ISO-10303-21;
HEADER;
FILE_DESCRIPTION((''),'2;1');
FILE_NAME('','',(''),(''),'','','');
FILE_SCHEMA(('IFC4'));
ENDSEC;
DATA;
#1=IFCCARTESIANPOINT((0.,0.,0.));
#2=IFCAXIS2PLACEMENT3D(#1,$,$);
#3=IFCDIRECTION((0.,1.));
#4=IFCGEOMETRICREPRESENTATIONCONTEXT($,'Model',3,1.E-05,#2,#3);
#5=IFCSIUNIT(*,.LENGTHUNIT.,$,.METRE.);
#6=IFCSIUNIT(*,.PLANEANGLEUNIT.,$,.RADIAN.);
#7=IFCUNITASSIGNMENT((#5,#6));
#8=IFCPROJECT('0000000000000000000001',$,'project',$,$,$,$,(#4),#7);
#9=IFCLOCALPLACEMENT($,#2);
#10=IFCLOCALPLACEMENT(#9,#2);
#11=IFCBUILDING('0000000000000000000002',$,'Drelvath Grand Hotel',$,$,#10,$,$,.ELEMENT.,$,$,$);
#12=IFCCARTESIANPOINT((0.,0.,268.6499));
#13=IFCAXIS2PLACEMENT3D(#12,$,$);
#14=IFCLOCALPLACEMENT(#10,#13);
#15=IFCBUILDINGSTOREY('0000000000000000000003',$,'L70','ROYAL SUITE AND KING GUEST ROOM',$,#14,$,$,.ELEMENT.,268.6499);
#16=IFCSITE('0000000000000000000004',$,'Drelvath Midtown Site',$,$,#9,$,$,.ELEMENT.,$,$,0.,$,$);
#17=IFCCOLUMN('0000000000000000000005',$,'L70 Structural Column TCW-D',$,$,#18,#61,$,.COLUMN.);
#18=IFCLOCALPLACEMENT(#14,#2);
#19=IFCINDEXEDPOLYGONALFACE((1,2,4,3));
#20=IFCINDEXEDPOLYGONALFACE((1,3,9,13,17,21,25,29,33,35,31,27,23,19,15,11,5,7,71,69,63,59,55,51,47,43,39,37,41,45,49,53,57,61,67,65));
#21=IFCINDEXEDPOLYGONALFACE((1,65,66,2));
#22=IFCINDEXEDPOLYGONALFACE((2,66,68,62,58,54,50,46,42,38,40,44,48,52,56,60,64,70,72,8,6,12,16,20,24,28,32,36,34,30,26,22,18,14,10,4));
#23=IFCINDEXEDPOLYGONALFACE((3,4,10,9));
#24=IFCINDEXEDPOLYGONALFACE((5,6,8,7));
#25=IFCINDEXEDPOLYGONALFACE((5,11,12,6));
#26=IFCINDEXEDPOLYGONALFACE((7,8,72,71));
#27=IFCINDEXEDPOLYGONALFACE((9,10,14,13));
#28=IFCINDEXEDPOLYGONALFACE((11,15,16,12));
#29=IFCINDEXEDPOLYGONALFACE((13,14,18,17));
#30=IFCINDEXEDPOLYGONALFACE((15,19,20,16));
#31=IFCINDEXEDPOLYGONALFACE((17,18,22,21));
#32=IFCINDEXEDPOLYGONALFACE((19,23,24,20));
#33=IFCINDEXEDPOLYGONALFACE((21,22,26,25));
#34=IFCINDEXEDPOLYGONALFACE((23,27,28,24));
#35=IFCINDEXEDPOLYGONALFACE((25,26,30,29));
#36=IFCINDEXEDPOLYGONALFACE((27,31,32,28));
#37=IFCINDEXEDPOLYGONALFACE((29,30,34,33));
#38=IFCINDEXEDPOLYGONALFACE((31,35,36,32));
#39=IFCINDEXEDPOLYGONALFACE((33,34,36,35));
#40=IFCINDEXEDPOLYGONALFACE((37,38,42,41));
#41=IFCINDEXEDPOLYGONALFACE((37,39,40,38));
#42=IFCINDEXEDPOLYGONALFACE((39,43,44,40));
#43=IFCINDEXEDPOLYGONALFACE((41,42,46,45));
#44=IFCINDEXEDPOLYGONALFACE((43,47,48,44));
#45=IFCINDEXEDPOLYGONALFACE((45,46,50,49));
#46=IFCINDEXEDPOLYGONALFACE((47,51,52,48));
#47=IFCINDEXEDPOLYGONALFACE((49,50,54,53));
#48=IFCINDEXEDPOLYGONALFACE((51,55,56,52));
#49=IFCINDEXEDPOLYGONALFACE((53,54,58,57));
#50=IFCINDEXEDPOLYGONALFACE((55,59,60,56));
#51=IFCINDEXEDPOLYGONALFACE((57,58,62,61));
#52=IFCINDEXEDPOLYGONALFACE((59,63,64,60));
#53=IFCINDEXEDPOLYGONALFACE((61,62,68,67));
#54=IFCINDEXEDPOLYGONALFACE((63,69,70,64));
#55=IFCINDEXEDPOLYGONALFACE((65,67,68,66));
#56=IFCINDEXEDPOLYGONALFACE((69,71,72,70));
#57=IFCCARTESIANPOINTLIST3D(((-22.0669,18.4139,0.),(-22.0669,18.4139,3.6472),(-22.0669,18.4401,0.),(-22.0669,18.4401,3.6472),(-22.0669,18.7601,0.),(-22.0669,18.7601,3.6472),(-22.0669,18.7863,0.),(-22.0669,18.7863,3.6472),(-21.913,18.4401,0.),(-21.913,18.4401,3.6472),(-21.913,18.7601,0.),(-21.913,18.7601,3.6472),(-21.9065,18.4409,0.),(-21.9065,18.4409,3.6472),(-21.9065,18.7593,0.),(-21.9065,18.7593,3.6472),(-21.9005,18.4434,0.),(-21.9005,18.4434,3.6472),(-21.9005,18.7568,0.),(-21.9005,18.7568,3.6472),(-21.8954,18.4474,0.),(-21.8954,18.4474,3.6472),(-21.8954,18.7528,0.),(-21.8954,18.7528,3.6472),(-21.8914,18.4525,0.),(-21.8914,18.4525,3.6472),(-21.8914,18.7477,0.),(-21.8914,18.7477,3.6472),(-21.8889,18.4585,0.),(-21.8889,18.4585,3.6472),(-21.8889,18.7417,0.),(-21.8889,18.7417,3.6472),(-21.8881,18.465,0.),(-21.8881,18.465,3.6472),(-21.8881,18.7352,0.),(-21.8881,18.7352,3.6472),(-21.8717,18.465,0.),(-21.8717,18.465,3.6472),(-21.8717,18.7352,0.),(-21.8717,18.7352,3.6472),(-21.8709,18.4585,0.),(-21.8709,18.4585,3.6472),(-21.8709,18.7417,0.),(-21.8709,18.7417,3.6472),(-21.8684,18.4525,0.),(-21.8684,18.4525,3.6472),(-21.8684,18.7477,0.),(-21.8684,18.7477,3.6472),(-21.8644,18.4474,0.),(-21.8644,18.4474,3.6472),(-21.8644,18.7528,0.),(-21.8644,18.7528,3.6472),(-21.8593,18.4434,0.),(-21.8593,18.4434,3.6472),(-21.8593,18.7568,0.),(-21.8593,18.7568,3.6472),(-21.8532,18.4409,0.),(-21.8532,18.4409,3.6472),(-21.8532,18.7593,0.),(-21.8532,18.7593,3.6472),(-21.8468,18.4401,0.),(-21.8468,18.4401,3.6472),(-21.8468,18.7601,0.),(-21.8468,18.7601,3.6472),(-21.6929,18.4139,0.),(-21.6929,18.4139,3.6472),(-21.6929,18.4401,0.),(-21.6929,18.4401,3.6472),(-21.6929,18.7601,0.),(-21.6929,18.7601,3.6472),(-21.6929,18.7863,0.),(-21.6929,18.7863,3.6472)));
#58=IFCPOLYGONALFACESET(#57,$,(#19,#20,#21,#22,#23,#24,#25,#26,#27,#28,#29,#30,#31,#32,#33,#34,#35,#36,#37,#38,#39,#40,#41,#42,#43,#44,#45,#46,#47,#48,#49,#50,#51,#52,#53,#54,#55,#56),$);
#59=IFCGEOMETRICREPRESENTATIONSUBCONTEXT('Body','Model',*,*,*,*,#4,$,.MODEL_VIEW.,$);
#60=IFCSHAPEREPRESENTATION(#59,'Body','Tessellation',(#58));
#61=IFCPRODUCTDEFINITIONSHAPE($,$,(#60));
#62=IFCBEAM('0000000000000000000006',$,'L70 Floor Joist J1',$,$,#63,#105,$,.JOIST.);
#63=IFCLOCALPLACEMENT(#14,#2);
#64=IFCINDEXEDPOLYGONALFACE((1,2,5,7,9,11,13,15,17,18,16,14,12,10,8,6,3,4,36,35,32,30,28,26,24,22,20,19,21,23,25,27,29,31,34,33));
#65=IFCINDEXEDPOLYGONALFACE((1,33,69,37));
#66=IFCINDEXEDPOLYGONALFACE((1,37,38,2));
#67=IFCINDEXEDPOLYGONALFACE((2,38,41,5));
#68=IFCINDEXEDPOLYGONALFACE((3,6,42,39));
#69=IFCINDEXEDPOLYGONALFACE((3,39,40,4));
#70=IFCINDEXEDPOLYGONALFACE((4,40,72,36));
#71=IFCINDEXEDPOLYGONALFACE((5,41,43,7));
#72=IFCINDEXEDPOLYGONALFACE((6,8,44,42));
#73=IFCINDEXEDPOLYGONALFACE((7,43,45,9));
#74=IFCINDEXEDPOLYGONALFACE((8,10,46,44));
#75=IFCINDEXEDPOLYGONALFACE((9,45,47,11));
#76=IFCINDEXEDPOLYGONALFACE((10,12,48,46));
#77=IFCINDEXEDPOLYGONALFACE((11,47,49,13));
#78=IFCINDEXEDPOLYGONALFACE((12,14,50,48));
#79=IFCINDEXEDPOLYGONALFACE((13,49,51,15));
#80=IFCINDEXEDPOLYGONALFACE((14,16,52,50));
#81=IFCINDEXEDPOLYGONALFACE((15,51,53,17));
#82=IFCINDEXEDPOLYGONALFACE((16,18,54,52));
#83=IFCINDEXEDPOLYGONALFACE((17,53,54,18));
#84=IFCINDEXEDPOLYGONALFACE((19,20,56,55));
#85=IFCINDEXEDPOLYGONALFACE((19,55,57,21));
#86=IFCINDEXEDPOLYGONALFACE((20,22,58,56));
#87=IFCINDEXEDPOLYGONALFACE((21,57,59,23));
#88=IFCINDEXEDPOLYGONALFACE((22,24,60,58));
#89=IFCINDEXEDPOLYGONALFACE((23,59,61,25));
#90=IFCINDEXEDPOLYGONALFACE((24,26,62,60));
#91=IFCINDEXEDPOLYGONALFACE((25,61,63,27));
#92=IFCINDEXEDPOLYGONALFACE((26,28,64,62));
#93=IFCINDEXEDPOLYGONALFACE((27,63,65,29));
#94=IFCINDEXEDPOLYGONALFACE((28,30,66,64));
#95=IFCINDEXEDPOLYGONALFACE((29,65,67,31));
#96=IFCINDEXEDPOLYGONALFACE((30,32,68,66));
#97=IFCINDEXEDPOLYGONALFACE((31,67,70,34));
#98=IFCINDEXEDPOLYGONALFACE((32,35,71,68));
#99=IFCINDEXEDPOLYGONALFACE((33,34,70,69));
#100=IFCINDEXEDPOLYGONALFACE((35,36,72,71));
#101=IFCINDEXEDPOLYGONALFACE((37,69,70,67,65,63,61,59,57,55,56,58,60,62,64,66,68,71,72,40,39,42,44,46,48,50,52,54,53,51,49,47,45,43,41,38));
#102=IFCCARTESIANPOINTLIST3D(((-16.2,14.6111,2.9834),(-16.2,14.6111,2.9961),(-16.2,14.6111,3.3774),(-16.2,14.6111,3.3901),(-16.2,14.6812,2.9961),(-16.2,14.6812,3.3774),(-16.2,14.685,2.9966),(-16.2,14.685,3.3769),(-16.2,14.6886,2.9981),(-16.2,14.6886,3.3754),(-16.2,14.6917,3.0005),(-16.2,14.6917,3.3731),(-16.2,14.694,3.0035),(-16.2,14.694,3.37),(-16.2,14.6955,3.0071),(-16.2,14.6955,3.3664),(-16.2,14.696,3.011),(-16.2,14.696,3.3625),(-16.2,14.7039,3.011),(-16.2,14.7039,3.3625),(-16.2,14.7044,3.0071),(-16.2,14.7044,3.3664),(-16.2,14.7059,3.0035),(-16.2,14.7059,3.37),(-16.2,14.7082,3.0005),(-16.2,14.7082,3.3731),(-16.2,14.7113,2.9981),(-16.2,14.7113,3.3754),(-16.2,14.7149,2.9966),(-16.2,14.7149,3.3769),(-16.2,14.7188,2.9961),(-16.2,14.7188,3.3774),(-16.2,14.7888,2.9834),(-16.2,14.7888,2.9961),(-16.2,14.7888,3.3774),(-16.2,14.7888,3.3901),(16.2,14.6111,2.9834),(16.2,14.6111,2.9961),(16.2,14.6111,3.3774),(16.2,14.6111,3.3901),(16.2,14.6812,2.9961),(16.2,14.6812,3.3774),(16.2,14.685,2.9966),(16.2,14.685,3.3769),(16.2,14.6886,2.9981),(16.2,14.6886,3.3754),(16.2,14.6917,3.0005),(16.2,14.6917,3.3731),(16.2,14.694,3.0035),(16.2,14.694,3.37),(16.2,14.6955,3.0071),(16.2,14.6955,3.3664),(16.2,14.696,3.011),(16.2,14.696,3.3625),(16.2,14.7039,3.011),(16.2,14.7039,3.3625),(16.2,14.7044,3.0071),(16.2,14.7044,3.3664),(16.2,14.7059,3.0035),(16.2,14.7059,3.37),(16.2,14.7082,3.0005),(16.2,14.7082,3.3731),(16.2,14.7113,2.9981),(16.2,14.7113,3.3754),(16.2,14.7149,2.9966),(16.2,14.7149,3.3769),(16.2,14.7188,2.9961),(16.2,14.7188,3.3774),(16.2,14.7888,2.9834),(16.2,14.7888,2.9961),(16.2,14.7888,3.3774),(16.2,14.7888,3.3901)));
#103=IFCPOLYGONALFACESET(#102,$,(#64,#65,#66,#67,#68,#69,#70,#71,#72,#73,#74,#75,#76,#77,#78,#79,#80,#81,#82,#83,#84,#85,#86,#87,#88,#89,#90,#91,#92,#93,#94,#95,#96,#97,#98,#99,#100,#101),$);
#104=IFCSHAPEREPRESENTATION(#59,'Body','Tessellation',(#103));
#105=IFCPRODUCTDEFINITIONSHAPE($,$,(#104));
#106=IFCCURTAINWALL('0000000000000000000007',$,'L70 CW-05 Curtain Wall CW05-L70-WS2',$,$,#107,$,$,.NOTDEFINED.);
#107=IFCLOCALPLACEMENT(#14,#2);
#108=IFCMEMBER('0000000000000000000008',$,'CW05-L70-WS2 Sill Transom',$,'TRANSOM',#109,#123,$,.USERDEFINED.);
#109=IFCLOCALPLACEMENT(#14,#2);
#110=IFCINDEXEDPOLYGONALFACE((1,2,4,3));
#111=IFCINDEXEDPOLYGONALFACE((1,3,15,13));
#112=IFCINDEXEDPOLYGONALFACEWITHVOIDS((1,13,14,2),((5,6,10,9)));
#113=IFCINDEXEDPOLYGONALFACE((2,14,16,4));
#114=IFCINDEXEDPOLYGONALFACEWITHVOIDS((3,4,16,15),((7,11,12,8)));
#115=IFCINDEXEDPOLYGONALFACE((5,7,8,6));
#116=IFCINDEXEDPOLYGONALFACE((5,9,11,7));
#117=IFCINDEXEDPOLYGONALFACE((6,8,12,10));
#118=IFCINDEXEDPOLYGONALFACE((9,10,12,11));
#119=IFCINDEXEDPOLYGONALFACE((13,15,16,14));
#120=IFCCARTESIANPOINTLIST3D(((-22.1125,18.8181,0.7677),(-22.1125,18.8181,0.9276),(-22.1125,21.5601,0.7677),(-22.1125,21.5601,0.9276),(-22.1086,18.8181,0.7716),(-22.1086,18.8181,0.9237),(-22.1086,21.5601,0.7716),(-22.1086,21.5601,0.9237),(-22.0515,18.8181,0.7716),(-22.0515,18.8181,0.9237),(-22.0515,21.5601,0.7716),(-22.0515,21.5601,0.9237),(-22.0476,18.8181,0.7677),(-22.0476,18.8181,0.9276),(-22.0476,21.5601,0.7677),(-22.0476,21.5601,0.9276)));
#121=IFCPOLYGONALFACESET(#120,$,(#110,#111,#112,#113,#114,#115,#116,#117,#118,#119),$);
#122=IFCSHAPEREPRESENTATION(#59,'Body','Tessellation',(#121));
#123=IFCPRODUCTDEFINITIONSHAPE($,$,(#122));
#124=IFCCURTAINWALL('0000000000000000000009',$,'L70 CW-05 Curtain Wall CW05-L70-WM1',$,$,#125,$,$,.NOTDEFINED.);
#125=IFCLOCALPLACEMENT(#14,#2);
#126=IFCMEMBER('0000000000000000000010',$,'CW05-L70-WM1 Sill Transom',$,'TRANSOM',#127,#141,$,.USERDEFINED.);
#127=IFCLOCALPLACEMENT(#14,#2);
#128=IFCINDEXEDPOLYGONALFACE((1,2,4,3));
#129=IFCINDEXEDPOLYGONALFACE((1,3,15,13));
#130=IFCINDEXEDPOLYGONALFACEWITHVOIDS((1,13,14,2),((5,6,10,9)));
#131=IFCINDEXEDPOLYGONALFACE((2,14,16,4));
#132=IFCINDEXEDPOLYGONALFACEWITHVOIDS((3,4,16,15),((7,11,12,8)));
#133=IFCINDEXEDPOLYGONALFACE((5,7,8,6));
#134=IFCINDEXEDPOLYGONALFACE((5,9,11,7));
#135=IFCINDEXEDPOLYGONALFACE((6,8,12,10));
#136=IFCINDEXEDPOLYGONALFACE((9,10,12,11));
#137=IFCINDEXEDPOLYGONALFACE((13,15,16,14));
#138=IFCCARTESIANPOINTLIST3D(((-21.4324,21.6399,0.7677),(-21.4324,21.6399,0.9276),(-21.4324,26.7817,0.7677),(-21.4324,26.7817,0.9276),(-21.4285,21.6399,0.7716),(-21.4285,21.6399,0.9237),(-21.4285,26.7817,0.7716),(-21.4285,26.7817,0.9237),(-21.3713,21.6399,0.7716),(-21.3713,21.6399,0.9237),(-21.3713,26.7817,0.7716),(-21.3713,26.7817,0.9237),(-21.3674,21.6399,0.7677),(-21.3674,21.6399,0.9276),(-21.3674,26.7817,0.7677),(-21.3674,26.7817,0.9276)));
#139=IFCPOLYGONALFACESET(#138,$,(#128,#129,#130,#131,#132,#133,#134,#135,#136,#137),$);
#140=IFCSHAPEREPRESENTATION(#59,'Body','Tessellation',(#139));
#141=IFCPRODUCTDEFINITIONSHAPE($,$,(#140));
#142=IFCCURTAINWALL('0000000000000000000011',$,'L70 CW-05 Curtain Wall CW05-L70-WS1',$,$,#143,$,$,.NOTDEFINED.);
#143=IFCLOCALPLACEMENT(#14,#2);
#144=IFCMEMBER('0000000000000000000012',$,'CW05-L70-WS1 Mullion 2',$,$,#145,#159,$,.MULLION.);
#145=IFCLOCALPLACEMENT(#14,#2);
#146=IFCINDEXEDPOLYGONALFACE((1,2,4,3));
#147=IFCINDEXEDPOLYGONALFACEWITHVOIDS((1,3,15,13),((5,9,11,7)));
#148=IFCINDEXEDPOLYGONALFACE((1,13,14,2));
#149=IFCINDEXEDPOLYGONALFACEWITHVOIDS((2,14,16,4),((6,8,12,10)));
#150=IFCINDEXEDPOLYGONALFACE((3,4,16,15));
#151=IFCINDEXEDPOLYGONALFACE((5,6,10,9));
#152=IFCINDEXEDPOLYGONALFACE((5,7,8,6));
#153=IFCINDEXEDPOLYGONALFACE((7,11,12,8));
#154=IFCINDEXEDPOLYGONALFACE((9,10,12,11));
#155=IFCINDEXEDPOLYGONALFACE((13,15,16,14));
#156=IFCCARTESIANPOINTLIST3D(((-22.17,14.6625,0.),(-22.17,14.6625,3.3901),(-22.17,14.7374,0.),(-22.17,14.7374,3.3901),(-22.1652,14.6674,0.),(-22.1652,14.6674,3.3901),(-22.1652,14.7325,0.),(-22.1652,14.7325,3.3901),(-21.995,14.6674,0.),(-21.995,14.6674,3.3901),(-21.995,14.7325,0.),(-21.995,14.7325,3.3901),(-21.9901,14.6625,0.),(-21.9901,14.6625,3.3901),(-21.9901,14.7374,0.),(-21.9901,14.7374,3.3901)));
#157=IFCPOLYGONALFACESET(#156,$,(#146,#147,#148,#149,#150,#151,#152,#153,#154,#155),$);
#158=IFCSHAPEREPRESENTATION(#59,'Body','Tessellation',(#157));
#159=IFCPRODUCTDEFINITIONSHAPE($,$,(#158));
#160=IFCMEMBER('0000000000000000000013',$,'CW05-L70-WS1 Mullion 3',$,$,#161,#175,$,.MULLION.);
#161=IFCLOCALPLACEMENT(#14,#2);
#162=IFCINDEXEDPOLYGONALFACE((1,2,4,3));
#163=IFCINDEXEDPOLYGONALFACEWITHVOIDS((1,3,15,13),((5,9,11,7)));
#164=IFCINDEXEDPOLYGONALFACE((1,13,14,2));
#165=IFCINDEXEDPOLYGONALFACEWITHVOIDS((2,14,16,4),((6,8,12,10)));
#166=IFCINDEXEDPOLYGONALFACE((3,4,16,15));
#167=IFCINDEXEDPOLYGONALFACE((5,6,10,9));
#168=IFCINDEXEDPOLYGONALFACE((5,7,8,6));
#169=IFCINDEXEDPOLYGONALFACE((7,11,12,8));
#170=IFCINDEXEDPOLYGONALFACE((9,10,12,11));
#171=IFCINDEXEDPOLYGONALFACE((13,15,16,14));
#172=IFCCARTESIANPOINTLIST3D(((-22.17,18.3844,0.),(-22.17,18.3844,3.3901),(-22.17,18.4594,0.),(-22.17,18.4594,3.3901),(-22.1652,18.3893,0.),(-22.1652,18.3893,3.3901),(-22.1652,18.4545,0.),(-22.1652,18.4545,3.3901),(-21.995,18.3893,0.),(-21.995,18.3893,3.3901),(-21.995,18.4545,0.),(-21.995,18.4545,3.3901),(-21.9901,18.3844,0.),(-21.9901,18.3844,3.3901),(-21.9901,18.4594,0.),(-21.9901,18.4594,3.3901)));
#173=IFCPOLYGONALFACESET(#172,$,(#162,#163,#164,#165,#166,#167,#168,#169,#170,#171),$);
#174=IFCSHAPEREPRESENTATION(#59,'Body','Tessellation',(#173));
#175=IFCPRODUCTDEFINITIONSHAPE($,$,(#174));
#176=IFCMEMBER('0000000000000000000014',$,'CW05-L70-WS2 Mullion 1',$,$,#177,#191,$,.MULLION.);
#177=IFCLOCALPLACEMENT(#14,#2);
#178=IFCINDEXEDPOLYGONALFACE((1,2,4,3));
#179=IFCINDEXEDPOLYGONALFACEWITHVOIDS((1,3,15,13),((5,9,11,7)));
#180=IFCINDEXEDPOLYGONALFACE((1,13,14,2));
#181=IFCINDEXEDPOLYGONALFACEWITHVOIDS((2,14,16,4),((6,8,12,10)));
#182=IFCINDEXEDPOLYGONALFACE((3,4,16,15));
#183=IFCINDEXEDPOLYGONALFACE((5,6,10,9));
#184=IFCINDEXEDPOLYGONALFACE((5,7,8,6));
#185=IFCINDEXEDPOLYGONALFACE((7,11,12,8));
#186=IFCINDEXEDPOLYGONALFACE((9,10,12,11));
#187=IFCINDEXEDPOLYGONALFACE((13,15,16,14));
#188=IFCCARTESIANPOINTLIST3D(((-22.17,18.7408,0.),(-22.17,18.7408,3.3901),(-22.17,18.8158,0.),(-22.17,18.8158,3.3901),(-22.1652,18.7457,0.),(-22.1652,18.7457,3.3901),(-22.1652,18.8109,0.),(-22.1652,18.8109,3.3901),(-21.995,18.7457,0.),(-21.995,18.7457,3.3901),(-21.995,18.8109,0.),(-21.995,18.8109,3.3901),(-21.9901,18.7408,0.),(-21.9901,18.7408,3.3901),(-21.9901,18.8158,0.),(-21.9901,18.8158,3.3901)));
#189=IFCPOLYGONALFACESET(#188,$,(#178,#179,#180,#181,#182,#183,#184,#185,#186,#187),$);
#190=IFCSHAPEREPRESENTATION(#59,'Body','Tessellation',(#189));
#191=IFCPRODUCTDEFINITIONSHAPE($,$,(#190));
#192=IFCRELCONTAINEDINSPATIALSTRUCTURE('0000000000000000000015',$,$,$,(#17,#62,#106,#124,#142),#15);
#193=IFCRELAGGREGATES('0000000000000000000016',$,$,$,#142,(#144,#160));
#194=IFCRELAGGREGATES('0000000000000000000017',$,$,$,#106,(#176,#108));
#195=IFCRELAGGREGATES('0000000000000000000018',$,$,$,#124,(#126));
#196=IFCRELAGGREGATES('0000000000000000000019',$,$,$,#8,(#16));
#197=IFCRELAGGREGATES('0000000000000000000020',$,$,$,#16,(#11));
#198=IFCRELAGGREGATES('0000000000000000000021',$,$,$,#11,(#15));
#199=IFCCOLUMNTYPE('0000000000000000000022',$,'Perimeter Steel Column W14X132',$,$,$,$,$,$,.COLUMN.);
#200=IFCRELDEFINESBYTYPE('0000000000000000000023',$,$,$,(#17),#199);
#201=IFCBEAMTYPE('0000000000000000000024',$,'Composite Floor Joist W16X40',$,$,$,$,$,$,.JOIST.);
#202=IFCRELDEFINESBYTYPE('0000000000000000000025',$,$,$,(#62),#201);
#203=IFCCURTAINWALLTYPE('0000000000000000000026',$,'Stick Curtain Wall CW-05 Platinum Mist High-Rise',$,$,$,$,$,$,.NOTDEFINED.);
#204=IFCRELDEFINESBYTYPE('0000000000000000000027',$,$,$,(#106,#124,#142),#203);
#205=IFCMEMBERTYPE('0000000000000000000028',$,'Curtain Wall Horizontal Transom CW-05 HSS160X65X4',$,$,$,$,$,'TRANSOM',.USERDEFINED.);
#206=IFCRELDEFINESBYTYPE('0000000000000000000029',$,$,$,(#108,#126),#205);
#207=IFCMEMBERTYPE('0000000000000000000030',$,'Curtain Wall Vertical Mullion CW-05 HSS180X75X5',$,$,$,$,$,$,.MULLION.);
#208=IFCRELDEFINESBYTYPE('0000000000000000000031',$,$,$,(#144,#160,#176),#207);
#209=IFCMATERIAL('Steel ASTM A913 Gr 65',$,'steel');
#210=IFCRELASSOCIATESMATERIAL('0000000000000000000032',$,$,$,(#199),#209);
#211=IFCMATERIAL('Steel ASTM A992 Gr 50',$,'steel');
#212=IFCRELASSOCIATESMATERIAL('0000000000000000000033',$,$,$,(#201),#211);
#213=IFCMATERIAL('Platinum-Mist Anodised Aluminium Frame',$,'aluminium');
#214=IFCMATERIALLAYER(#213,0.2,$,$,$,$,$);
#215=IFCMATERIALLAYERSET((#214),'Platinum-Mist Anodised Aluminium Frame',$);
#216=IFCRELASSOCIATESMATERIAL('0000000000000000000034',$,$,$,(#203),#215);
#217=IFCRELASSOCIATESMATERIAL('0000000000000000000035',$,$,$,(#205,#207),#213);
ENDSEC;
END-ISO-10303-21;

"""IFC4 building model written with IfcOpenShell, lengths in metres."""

from ifc_helpers import new_model, si_unit, direction, frame, origin, origin_2d, place, context, subcontext, project, spatial, hollow_rectangle, i_section, extrude, material, layer, layer_set, material_profile, profile_set, type_object, element, aggregate, save


model = new_model("IFC4")

# Units and contexts
model_context = context("Model", 3, precision=1e-05, world=origin(), true_north=direction((0.0, 1.0)))
body_context = subcontext(model_context, "Body", "Model", "MODEL_VIEW")
ifc_project = project(units=[si_unit("LENGTHUNIT", "METRE"), si_unit("PLANEANGLEUNIT", "RADIAN")], contexts=[model_context])

# Site, building, storey
site_placement = place(None, origin())
site = spatial("IfcSite", under=ifc_project, at=site_placement, Name="Drelvath Midtown Site", CompositionType="ELEMENT", RefElevation=0.0)
building_placement = place(site_placement, origin())
building = spatial("IfcBuilding", under=site, at=building_placement, Name="Drelvath Grand Hotel", CompositionType="ELEMENT")
storey_placement = place(building_placement, frame((0.0, 0.0, 268.6499)))
storey = spatial("IfcBuildingStorey", under=building, at=storey_placement, Name="L70", Description="ROYAL SUITE AND KING GUEST ROOM", CompositionType="ELEMENT", Elevation=268.6499)

# Column
ifc_material_1 = material(Name="Steel ASTM A913 Gr 65", Category="steel")
ifc_material_profile_1 = material_profile(ifc_material_1, i_section(OverallWidth=0.374, OverallDepth=0.3723, WebThickness=0.0164, FlangeThickness=0.0261, FilletRadius=0.0249, at=origin_2d()), Name="W14X132")
ifc_profile_set_1 = profile_set([ifc_material_profile_1], Name="Steel ASTM A913 Gr 65")
column_type = type_object("IfcColumnType", Name="Perimeter Steel Column W14X132", PredefinedType="COLUMN", material=ifc_profile_set_1)
column_placement = place(storey_placement, frame((-21.8799, 18.6001, 0.0), z_axis=(0.0, 0.0, 1.0), x_axis=(1.0, 0.0, 0.0)))
element("IfcColumn", 1, at=column_placement, inside=storey, type_object=column_type, Name="L70 Structural Column TCW-D", PredefinedType="COLUMN", context=body_context, shape_type="SweptSolid", body=[
    extrude(i_section(OverallWidth=0.374, OverallDepth=0.3723, WebThickness=0.0164, FlangeThickness=0.0261, FilletRadius=0.0249, at=origin_2d()), origin(), (0.0, 0.0, 1.0), 3.6472),
])

# Beam
ifc_material_2 = material(Name="Steel ASTM A992 Gr 50", Category="steel")
ifc_material_profile_2 = material_profile(ifc_material_2, i_section(OverallWidth=0.1777, OverallDepth=0.4067, WebThickness=0.0078, FlangeThickness=0.0127, FilletRadius=0.0149, at=origin_2d()), Name="W16X40")
ifc_profile_set_2 = profile_set([ifc_material_profile_2], Name="Steel ASTM A992 Gr 50")
beam_type_1 = type_object("IfcBeamType", Name="Composite Floor Joist W16X40", PredefinedType="JOIST", material=ifc_profile_set_2)
beam_1_placement = place(storey_placement, frame((-16.2, 14.7, 3.1868), z_axis=(1.0, 0.0, 0.0), x_axis=(0.0, 1.0, 0.0)))
element("IfcBeam", 2, at=beam_1_placement, inside=storey, type_object=beam_type_1, Name="L70 Floor Joist J1", PredefinedType="JOIST", context=body_context, shape_type="SweptSolid", body=[
    extrude(i_section(OverallWidth=0.1777, OverallDepth=0.4067, WebThickness=0.0078, FlangeThickness=0.0127, FilletRadius=0.0149, at=origin_2d()), origin(), (0.0, 0.0, 1.0), 32.3999),
])

# Curtain walls, members
ifc_material_3 = material(Name="Platinum-Mist Anodised Aluminium Frame", Category="aluminium")
ifc_layer_1 = layer(ifc_material_3, 0.2)
ifc_layer_set_1 = layer_set([ifc_layer_1], Name="Platinum-Mist Anodised Aluminium Frame")
curtain_wall_type = type_object("IfcCurtainWallType", Name="Stick Curtain Wall CW-05 Platinum Mist High-Rise", PredefinedType="NOTDEFINED", material=ifc_layer_set_1)
curtain_wall_1_placement = place(storey_placement, origin())
curtain_wall_1 = element("IfcCurtainWall", 3, at=curtain_wall_1_placement, inside=storey, type_object=curtain_wall_type, Name="L70 CW-05 Curtain Wall CW05-L70-WS2", PredefinedType="NOTDEFINED")
ifc_material_profile_3 = material_profile(ifc_material_3, hollow_rectangle(XDim=0.0649, YDim=0.1599, WallThickness=0.0039, at=origin_2d()), Name="HSS160X65X4")
ifc_profile_set_3 = profile_set([ifc_material_profile_3], Name="Platinum-Mist Anodised Aluminium Frame")
member_type_1 = type_object("IfcMemberType", Name="Curtain Wall Horizontal Transom CW-05 HSS160X65X4", ElementType="TRANSOM", PredefinedType="USERDEFINED", material=ifc_profile_set_3)
member_1_placement = place(storey_placement, frame((-22.0801, 18.8181, 0.8477), z_axis=(0.0, 1.0, 0.0), x_axis=(-1.0, 0.0, 0.0)))
member_1 = element("IfcMember", 4, at=member_1_placement, type_object=member_type_1, Name="CW05-L70-WS2 Sill Transom", ObjectType="TRANSOM", PredefinedType="USERDEFINED", context=body_context, shape_type="SweptSolid", body=[
    extrude(hollow_rectangle(XDim=0.0649, YDim=0.1599, WallThickness=0.0039, at=origin_2d()), origin(), (0.0, 0.0, 1.0), 2.7419),
])
curtain_wall_2_placement = place(storey_placement, origin())
curtain_wall_2 = element("IfcCurtainWall", 5, at=curtain_wall_2_placement, inside=storey, type_object=curtain_wall_type, Name="L70 CW-05 Curtain Wall CW05-L70-WM1", PredefinedType="NOTDEFINED")
member_2_placement = place(storey_placement, frame((-21.3999, 21.6399, 0.8477), z_axis=(0.0, 1.0, 0.0), x_axis=(-1.0, 0.0, 0.0)))
member_2 = element("IfcMember", 6, at=member_2_placement, type_object=member_type_1, Name="CW05-L70-WM1 Sill Transom", ObjectType="TRANSOM", PredefinedType="USERDEFINED", context=body_context, shape_type="SweptSolid", body=[
    extrude(hollow_rectangle(XDim=0.0649, YDim=0.1599, WallThickness=0.0039, at=origin_2d()), origin(), (0.0, 0.0, 1.0), 5.1418),
])

# Curtain wall, members
curtain_wall_3_placement = place(storey_placement, origin())
curtain_wall_3 = element("IfcCurtainWall", 7, at=curtain_wall_3_placement, inside=storey, type_object=curtain_wall_type, Name="L70 CW-05 Curtain Wall CW05-L70-WS1", PredefinedType="NOTDEFINED")
ifc_material_profile_4 = material_profile(ifc_material_3, hollow_rectangle(XDim=0.075, YDim=0.1799, WallThickness=0.0049, at=origin_2d()), Name="HSS180X75X5")
ifc_profile_set_4 = profile_set([ifc_material_profile_4], Name="Platinum-Mist Anodised Aluminium Frame")
member_type_2 = type_object("IfcMemberType", Name="Curtain Wall Vertical Mullion CW-05 HSS180X75X5", PredefinedType="MULLION", material=ifc_profile_set_4)
member_3_placement = place(storey_placement, frame((-22.0801, 14.7, 0.0), z_axis=(0.0, 0.0, 1.0), x_axis=(0.0, 1.0, 0.0)))
member_3 = element("IfcMember", 8, at=member_3_placement, type_object=member_type_2, Name="CW05-L70-WS1 Mullion 2", PredefinedType="MULLION", context=body_context, shape_type="SweptSolid", body=[
    extrude(hollow_rectangle(XDim=0.075, YDim=0.1799, WallThickness=0.0049, at=origin_2d()), origin(), (0.0, 0.0, 1.0), 3.3901),
])
member_4_placement = place(storey_placement, frame((-22.0801, 18.4219, 0.0), z_axis=(0.0, 0.0, 1.0), x_axis=(0.0, 1.0, 0.0)))
member_4 = element("IfcMember", 9, at=member_4_placement, type_object=member_type_2, Name="CW05-L70-WS1 Mullion 3", PredefinedType="MULLION", context=body_context, shape_type="SweptSolid", body=[
    extrude(hollow_rectangle(XDim=0.075, YDim=0.1799, WallThickness=0.0049, at=origin_2d()), origin(), (0.0, 0.0, 1.0), 3.3901),
])

# Member
member_5_placement = place(storey_placement, frame((-22.0801, 18.7783, 0.0), z_axis=(0.0, 0.0, 1.0), x_axis=(0.0, 1.0, 0.0)))
member_5 = element("IfcMember", 10, at=member_5_placement, type_object=member_type_2, Name="CW05-L70-WS2 Mullion 1", PredefinedType="MULLION", context=body_context, shape_type="SweptSolid", body=[
    extrude(hollow_rectangle(XDim=0.075, YDim=0.1799, WallThickness=0.0049, at=origin_2d()), origin(), (0.0, 0.0, 1.0), 3.3901),
])

aggregate(curtain_wall_3, [member_3, member_4])
aggregate(curtain_wall_1, [member_5, member_1])
aggregate(curtain_wall_2, [member_2])

save(model, "model.ifc")
